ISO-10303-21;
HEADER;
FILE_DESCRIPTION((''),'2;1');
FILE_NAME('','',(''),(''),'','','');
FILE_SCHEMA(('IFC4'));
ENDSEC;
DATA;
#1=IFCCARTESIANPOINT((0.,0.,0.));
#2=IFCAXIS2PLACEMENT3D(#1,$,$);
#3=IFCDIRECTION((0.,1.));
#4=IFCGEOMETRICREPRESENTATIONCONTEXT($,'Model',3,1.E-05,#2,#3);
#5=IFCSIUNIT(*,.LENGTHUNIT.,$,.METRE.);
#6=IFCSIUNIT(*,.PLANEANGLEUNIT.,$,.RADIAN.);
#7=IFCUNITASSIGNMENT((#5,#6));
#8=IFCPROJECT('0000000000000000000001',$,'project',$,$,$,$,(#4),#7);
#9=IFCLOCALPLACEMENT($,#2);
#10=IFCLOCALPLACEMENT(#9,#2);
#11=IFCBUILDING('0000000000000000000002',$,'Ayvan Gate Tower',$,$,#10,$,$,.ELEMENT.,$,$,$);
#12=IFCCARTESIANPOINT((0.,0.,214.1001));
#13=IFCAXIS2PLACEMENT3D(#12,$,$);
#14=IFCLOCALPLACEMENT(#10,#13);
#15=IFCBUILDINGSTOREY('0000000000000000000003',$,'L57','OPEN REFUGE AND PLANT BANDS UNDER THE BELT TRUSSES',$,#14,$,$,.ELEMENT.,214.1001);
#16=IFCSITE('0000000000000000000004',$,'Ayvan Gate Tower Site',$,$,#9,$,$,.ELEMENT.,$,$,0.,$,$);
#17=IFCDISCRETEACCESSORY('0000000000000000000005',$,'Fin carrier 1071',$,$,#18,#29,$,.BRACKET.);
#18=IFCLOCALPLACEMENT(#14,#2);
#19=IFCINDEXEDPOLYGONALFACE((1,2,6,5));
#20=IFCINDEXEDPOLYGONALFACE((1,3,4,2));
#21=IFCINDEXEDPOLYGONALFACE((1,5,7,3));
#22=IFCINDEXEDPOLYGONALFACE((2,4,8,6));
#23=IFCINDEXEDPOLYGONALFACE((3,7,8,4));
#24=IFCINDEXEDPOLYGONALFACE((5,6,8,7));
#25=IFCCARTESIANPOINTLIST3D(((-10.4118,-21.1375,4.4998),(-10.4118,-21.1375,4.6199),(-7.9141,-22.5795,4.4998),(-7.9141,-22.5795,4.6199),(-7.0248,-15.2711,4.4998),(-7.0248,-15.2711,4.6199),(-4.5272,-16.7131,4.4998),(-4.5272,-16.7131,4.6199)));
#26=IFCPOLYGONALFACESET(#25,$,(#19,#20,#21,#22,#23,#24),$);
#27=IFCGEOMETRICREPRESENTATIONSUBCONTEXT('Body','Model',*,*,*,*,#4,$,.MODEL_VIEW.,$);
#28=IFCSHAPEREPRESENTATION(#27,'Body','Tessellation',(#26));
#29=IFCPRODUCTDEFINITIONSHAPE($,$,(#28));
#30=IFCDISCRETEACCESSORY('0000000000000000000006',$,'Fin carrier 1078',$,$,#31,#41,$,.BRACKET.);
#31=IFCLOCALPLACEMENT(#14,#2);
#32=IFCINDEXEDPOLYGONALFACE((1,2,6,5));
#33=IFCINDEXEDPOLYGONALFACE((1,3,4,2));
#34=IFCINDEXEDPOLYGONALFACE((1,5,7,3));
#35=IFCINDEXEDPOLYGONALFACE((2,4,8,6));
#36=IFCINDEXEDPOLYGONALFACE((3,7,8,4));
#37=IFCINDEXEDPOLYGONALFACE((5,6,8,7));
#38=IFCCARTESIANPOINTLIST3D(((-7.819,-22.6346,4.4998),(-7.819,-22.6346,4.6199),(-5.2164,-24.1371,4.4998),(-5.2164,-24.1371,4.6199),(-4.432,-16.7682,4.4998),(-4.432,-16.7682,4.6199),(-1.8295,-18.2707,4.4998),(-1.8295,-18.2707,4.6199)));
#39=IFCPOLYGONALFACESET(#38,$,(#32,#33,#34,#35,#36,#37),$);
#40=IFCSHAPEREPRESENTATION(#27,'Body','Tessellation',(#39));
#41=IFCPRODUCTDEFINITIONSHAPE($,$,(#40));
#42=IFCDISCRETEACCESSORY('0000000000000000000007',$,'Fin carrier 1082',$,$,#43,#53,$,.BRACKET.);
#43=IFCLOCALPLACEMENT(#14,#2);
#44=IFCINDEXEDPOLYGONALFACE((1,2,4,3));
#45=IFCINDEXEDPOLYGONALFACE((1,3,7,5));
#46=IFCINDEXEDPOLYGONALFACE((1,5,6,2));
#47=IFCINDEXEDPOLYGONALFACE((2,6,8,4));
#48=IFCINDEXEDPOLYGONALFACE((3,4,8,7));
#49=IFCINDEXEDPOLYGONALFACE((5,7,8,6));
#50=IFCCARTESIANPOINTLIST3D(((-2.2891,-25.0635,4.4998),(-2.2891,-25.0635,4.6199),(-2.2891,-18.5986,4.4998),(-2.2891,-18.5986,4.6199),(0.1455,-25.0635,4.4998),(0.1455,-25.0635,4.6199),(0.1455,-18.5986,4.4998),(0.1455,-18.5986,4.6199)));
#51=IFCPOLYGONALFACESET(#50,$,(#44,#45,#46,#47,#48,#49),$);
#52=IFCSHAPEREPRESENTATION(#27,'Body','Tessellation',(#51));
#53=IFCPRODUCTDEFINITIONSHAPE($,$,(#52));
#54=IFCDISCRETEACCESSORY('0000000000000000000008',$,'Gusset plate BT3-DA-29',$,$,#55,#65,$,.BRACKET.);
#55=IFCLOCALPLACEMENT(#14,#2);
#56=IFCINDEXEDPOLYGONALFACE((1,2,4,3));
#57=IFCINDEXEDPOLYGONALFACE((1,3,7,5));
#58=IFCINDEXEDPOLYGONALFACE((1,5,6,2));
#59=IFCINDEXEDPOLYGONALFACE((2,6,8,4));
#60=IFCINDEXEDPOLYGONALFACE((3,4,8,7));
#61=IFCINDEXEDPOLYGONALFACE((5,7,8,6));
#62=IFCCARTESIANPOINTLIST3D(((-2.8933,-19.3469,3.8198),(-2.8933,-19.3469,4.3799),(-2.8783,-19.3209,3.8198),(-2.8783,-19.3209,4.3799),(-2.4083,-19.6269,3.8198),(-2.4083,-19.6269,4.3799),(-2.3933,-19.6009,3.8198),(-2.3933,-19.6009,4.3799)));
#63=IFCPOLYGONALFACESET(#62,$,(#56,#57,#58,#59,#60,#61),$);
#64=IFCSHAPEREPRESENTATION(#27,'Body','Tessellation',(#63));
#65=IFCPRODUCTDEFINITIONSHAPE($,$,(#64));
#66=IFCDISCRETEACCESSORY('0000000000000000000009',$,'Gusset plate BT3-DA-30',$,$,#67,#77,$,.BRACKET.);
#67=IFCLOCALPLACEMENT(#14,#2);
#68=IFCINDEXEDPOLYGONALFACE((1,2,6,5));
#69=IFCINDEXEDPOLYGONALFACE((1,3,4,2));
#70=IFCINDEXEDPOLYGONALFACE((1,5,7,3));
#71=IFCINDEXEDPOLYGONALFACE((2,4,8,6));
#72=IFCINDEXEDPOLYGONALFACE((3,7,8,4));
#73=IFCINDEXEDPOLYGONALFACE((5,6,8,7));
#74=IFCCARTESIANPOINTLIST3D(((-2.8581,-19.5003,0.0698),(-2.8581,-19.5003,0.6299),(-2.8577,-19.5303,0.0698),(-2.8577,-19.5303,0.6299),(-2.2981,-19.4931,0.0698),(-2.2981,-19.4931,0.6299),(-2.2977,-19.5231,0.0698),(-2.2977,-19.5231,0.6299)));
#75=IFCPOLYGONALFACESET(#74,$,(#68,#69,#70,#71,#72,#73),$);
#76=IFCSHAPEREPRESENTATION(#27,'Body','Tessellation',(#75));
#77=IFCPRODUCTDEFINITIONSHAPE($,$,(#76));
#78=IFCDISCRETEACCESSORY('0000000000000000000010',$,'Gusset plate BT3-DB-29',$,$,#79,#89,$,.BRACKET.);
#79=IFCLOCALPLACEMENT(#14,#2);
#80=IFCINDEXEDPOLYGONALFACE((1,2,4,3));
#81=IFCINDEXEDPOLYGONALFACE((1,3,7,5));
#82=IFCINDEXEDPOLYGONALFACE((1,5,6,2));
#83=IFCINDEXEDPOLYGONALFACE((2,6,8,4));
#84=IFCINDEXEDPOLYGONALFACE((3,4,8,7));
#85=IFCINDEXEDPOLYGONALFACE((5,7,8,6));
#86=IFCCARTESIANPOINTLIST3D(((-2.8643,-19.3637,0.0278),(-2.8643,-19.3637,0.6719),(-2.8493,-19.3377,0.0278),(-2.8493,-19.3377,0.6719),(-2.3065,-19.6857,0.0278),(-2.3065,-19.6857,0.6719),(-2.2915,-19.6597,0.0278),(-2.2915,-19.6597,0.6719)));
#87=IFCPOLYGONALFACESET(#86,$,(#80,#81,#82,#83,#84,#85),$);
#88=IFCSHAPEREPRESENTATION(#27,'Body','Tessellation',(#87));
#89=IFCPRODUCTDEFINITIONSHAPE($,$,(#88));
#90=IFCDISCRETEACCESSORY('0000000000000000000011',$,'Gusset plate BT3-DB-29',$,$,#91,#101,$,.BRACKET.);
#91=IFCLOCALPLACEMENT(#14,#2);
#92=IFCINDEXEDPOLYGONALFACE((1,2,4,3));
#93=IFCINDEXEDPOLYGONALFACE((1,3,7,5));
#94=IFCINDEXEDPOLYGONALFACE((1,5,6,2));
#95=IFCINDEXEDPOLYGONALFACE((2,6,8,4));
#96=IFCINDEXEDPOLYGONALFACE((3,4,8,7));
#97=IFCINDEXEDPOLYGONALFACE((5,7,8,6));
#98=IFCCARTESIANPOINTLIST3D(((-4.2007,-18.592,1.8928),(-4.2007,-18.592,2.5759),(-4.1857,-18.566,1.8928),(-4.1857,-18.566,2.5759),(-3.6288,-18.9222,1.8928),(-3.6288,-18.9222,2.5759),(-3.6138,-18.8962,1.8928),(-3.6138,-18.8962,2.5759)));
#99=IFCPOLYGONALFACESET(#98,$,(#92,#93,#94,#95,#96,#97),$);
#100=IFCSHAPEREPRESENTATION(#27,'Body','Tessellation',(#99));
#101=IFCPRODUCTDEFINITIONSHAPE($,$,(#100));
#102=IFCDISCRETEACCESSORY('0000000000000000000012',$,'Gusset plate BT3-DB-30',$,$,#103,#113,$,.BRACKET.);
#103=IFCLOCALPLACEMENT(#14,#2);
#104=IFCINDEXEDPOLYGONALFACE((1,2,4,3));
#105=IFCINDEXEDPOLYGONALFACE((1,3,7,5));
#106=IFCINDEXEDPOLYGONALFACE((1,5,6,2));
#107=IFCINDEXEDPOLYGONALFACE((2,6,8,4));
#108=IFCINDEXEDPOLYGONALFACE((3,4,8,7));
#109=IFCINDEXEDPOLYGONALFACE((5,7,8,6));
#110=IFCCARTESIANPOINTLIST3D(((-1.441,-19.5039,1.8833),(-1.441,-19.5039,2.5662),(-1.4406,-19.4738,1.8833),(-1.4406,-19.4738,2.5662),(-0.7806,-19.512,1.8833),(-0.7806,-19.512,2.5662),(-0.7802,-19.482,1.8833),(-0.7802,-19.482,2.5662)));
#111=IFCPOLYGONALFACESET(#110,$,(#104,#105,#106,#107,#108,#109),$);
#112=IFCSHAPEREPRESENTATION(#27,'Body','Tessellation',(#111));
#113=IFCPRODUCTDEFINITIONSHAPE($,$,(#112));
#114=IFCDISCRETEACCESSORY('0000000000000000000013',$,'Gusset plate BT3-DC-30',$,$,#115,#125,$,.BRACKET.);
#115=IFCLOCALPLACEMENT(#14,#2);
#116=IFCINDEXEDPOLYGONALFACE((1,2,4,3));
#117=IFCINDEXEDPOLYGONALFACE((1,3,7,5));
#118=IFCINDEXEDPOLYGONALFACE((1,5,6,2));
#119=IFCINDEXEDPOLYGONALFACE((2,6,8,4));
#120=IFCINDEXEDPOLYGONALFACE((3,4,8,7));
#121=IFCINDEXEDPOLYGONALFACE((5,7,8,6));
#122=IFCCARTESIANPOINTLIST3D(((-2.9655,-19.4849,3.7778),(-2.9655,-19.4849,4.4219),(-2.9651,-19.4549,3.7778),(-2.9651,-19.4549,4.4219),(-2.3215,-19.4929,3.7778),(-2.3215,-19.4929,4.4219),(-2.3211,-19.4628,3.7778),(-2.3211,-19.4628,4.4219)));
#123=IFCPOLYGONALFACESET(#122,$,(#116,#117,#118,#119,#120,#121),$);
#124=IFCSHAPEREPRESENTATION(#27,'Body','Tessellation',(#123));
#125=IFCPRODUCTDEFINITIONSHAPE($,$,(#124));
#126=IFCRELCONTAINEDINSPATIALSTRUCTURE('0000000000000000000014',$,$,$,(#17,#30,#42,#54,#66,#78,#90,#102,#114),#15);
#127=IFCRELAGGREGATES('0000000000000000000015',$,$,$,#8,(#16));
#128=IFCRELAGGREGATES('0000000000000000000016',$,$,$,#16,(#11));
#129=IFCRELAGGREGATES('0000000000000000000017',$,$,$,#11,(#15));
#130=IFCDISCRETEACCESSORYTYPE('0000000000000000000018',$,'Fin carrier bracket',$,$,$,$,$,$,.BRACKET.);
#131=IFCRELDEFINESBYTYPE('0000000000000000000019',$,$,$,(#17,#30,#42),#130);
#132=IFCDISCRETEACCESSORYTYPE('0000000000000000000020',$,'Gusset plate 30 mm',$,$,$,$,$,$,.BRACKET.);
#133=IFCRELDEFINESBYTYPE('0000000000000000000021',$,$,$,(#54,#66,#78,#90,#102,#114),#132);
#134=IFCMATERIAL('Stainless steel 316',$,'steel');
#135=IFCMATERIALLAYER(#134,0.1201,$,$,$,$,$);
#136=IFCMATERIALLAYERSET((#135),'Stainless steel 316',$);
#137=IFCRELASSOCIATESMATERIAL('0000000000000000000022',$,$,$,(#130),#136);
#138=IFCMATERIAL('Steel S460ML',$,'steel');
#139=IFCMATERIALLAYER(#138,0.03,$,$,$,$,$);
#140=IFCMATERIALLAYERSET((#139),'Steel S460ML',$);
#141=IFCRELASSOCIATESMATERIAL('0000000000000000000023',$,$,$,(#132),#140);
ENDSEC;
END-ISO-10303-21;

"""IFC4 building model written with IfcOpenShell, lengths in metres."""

from ifc_helpers import new_model, si_unit, direction, frame, origin, origin_2d, place, context, subcontext, project, spatial, rectangle, extrude, material, layer, layer_set, type_object, element, save


model = new_model("IFC4")

# Units and contexts
model_context = context("Model", 3, precision=1e-05, world=origin(), true_north=direction((0.0, 1.0)))
body_context = subcontext(model_context, "Body", "Model", "MODEL_VIEW")
ifc_project = project(units=[si_unit("LENGTHUNIT", "METRE"), si_unit("PLANEANGLEUNIT", "RADIAN")], contexts=[model_context])

# Site, building, storey
site_placement = place(None, origin())
site = spatial("IfcSite", under=ifc_project, at=site_placement, Name="Ayvan Gate Tower Site", CompositionType="ELEMENT", RefElevation=0.0)
building_placement = place(site_placement, origin())
building = spatial("IfcBuilding", under=site, at=building_placement, Name="Ayvan Gate Tower", CompositionType="ELEMENT")
storey_placement = place(building_placement, frame((0.0, 0.0, 214.1001)))
storey = spatial("IfcBuildingStorey", under=building, at=storey_placement, Name="L57", Description="OPEN REFUGE AND PLANT BANDS UNDER THE BELT TRUSSES", CompositionType="ELEMENT", Elevation=214.1001)

# Shared definitions
ifc_material_1 = material(Name="Steel S460ML", Category="steel")

# Discrete accessories
ifc_material_2 = material(Name="Stainless steel 316", Category="steel")
ifc_layer_1 = layer(ifc_material_2, 0.1201)
ifc_layer_set_1 = layer_set([ifc_layer_1], Name="Stainless steel 316")
discrete_accessory_type_1 = type_object("IfcDiscreteAccessoryType", Name="Fin carrier bracket", PredefinedType="BRACKET", material=ifc_layer_set_1)
discrete_accessory_1_placement = place(storey_placement, frame((-7.4695, -18.9253, 4.4998), z_axis=(0.0, 0.0, 1.0), x_axis=(0.866025, -0.5, 0.0)))
element("IfcDiscreteAccessory", 1, at=discrete_accessory_1_placement, inside=storey, type_object=discrete_accessory_type_1, Name="Fin carrier 1071", PredefinedType="BRACKET", context=body_context, shape_type="SweptSolid", body=[
    extrude(rectangle(XDim=2.884, YDim=6.7739, at=origin_2d()), origin(), (0.0, 0.0, 1.0), 0.1201),
])
discrete_accessory_2_placement = place(storey_placement, frame((-4.8242, -20.4526, 4.4998), z_axis=(0.0, 0.0, 1.0), x_axis=(0.866025, -0.5, 0.0)))
element("IfcDiscreteAccessory", 2, at=discrete_accessory_2_placement, inside=storey, type_object=discrete_accessory_type_1, Name="Fin carrier 1078", PredefinedType="BRACKET", context=body_context, shape_type="SweptSolid", body=[
    extrude(rectangle(XDim=3.0051, YDim=6.7739, at=origin_2d()), origin(), (0.0, 0.0, 1.0), 0.1201),
])
discrete_accessory_3_placement = place(storey_placement, frame((-1.0718, -21.8311, 4.4998), z_axis=(0.0, 0.0, 1.0), x_axis=(1.0, 0.0, 0.0)))
element("IfcDiscreteAccessory", 3, at=discrete_accessory_3_placement, inside=storey, type_object=discrete_accessory_type_1, Name="Fin carrier 1082", PredefinedType="BRACKET", context=body_context, shape_type="SweptSolid", body=[
    extrude(rectangle(XDim=2.4346, YDim=6.4648, at=origin_2d()), origin(), (0.0, 0.0, 1.0), 0.1201),
])
ifc_layer_2 = layer(ifc_material_1, 0.03)
ifc_layer_set_2 = layer_set([ifc_layer_2], Name="Steel S460ML")
discrete_accessory_type_2 = type_object("IfcDiscreteAccessoryType", Name="Gusset plate 30 mm", PredefinedType="BRACKET", material=ifc_layer_set_2)
for number, where, z_axis, x_axis, name in (
    (4, (-2.6433, -19.4739, 3.8198), (0.0, 0.0, 1.0), (-0.866025, 0.5, 0.0), "Gusset plate BT3-DA-29"),
    (5, (-2.5779, -19.5117, 0.0698), (0.0, 0.0, 1.0), (0.999917, 0.012877, 0.0), "Gusset plate BT3-DA-30"),
):
    element("IfcDiscreteAccessory", number, at=place(storey_placement, frame(where, z_axis=z_axis, x_axis=x_axis)), inside=storey, type_object=discrete_accessory_type_2, Name=name, PredefinedType="BRACKET", context=body_context, shape_type="SweptSolid", body=[
        extrude(rectangle(XDim=0.5601, YDim=0.03, at=origin_2d()), origin(), (0.0, 0.0, 1.0), 0.5601),
    ])
discrete_accessory_4_placement = place(storey_placement, frame((-2.5779, -19.5117, 0.0278), z_axis=(0.0, 0.0, 1.0), x_axis=(-0.866025, 0.5, 0.0)))
element("IfcDiscreteAccessory", 6, at=discrete_accessory_4_placement, inside=storey, type_object=discrete_accessory_type_2, Name="Gusset plate BT3-DB-29", PredefinedType="BRACKET", context=body_context, shape_type="SweptSolid", body=[
    extrude(rectangle(XDim=0.644, YDim=0.03, at=origin_2d()), origin(), (0.0, 0.0, 1.0), 0.644),
])
discrete_accessory_5_placement = place(storey_placement, frame((-3.9072, -18.7441, 1.8928), z_axis=(0.0, 0.0, 1.0), x_axis=(-0.866025, 0.5, 0.0)))
element("IfcDiscreteAccessory", 7, at=discrete_accessory_5_placement, inside=storey, type_object=discrete_accessory_type_2, Name="Gusset plate BT3-DB-29", PredefinedType="BRACKET", context=body_context, shape_type="SweptSolid", body=[
    extrude(rectangle(XDim=0.6604, YDim=0.03, at=origin_2d()), origin(), (0.0, 0.0, 1.0), 0.6831),
])
discrete_accessory_6_placement = place(storey_placement, frame((-1.1106, -19.4929, 1.8833), z_axis=(0.0, 0.0, 1.0), x_axis=(-0.999924, 0.012327, 0.0)))
element("IfcDiscreteAccessory", 8, at=discrete_accessory_6_placement, inside=storey, type_object=discrete_accessory_type_2, Name="Gusset plate BT3-DB-30", PredefinedType="BRACKET", context=body_context, shape_type="SweptSolid", body=[
    extrude(rectangle(XDim=0.6604, YDim=0.03, at=origin_2d()), origin(), (0.0, 0.0, 1.0), 0.6829),
])
discrete_accessory_7_placement = place(storey_placement, frame((-2.6433, -19.4739, 3.7778), z_axis=(0.0, 0.0, 1.0), x_axis=(-0.999924, 0.012327, 0.0)))
element("IfcDiscreteAccessory", 9, at=discrete_accessory_7_placement, inside=storey, type_object=discrete_accessory_type_2, Name="Gusset plate BT3-DC-30", PredefinedType="BRACKET", context=body_context, shape_type="SweptSolid", body=[
    extrude(rectangle(XDim=0.644, YDim=0.03, at=origin_2d()), origin(), (0.0, 0.0, 1.0), 0.644),
])

save(model, "model.ifc")
